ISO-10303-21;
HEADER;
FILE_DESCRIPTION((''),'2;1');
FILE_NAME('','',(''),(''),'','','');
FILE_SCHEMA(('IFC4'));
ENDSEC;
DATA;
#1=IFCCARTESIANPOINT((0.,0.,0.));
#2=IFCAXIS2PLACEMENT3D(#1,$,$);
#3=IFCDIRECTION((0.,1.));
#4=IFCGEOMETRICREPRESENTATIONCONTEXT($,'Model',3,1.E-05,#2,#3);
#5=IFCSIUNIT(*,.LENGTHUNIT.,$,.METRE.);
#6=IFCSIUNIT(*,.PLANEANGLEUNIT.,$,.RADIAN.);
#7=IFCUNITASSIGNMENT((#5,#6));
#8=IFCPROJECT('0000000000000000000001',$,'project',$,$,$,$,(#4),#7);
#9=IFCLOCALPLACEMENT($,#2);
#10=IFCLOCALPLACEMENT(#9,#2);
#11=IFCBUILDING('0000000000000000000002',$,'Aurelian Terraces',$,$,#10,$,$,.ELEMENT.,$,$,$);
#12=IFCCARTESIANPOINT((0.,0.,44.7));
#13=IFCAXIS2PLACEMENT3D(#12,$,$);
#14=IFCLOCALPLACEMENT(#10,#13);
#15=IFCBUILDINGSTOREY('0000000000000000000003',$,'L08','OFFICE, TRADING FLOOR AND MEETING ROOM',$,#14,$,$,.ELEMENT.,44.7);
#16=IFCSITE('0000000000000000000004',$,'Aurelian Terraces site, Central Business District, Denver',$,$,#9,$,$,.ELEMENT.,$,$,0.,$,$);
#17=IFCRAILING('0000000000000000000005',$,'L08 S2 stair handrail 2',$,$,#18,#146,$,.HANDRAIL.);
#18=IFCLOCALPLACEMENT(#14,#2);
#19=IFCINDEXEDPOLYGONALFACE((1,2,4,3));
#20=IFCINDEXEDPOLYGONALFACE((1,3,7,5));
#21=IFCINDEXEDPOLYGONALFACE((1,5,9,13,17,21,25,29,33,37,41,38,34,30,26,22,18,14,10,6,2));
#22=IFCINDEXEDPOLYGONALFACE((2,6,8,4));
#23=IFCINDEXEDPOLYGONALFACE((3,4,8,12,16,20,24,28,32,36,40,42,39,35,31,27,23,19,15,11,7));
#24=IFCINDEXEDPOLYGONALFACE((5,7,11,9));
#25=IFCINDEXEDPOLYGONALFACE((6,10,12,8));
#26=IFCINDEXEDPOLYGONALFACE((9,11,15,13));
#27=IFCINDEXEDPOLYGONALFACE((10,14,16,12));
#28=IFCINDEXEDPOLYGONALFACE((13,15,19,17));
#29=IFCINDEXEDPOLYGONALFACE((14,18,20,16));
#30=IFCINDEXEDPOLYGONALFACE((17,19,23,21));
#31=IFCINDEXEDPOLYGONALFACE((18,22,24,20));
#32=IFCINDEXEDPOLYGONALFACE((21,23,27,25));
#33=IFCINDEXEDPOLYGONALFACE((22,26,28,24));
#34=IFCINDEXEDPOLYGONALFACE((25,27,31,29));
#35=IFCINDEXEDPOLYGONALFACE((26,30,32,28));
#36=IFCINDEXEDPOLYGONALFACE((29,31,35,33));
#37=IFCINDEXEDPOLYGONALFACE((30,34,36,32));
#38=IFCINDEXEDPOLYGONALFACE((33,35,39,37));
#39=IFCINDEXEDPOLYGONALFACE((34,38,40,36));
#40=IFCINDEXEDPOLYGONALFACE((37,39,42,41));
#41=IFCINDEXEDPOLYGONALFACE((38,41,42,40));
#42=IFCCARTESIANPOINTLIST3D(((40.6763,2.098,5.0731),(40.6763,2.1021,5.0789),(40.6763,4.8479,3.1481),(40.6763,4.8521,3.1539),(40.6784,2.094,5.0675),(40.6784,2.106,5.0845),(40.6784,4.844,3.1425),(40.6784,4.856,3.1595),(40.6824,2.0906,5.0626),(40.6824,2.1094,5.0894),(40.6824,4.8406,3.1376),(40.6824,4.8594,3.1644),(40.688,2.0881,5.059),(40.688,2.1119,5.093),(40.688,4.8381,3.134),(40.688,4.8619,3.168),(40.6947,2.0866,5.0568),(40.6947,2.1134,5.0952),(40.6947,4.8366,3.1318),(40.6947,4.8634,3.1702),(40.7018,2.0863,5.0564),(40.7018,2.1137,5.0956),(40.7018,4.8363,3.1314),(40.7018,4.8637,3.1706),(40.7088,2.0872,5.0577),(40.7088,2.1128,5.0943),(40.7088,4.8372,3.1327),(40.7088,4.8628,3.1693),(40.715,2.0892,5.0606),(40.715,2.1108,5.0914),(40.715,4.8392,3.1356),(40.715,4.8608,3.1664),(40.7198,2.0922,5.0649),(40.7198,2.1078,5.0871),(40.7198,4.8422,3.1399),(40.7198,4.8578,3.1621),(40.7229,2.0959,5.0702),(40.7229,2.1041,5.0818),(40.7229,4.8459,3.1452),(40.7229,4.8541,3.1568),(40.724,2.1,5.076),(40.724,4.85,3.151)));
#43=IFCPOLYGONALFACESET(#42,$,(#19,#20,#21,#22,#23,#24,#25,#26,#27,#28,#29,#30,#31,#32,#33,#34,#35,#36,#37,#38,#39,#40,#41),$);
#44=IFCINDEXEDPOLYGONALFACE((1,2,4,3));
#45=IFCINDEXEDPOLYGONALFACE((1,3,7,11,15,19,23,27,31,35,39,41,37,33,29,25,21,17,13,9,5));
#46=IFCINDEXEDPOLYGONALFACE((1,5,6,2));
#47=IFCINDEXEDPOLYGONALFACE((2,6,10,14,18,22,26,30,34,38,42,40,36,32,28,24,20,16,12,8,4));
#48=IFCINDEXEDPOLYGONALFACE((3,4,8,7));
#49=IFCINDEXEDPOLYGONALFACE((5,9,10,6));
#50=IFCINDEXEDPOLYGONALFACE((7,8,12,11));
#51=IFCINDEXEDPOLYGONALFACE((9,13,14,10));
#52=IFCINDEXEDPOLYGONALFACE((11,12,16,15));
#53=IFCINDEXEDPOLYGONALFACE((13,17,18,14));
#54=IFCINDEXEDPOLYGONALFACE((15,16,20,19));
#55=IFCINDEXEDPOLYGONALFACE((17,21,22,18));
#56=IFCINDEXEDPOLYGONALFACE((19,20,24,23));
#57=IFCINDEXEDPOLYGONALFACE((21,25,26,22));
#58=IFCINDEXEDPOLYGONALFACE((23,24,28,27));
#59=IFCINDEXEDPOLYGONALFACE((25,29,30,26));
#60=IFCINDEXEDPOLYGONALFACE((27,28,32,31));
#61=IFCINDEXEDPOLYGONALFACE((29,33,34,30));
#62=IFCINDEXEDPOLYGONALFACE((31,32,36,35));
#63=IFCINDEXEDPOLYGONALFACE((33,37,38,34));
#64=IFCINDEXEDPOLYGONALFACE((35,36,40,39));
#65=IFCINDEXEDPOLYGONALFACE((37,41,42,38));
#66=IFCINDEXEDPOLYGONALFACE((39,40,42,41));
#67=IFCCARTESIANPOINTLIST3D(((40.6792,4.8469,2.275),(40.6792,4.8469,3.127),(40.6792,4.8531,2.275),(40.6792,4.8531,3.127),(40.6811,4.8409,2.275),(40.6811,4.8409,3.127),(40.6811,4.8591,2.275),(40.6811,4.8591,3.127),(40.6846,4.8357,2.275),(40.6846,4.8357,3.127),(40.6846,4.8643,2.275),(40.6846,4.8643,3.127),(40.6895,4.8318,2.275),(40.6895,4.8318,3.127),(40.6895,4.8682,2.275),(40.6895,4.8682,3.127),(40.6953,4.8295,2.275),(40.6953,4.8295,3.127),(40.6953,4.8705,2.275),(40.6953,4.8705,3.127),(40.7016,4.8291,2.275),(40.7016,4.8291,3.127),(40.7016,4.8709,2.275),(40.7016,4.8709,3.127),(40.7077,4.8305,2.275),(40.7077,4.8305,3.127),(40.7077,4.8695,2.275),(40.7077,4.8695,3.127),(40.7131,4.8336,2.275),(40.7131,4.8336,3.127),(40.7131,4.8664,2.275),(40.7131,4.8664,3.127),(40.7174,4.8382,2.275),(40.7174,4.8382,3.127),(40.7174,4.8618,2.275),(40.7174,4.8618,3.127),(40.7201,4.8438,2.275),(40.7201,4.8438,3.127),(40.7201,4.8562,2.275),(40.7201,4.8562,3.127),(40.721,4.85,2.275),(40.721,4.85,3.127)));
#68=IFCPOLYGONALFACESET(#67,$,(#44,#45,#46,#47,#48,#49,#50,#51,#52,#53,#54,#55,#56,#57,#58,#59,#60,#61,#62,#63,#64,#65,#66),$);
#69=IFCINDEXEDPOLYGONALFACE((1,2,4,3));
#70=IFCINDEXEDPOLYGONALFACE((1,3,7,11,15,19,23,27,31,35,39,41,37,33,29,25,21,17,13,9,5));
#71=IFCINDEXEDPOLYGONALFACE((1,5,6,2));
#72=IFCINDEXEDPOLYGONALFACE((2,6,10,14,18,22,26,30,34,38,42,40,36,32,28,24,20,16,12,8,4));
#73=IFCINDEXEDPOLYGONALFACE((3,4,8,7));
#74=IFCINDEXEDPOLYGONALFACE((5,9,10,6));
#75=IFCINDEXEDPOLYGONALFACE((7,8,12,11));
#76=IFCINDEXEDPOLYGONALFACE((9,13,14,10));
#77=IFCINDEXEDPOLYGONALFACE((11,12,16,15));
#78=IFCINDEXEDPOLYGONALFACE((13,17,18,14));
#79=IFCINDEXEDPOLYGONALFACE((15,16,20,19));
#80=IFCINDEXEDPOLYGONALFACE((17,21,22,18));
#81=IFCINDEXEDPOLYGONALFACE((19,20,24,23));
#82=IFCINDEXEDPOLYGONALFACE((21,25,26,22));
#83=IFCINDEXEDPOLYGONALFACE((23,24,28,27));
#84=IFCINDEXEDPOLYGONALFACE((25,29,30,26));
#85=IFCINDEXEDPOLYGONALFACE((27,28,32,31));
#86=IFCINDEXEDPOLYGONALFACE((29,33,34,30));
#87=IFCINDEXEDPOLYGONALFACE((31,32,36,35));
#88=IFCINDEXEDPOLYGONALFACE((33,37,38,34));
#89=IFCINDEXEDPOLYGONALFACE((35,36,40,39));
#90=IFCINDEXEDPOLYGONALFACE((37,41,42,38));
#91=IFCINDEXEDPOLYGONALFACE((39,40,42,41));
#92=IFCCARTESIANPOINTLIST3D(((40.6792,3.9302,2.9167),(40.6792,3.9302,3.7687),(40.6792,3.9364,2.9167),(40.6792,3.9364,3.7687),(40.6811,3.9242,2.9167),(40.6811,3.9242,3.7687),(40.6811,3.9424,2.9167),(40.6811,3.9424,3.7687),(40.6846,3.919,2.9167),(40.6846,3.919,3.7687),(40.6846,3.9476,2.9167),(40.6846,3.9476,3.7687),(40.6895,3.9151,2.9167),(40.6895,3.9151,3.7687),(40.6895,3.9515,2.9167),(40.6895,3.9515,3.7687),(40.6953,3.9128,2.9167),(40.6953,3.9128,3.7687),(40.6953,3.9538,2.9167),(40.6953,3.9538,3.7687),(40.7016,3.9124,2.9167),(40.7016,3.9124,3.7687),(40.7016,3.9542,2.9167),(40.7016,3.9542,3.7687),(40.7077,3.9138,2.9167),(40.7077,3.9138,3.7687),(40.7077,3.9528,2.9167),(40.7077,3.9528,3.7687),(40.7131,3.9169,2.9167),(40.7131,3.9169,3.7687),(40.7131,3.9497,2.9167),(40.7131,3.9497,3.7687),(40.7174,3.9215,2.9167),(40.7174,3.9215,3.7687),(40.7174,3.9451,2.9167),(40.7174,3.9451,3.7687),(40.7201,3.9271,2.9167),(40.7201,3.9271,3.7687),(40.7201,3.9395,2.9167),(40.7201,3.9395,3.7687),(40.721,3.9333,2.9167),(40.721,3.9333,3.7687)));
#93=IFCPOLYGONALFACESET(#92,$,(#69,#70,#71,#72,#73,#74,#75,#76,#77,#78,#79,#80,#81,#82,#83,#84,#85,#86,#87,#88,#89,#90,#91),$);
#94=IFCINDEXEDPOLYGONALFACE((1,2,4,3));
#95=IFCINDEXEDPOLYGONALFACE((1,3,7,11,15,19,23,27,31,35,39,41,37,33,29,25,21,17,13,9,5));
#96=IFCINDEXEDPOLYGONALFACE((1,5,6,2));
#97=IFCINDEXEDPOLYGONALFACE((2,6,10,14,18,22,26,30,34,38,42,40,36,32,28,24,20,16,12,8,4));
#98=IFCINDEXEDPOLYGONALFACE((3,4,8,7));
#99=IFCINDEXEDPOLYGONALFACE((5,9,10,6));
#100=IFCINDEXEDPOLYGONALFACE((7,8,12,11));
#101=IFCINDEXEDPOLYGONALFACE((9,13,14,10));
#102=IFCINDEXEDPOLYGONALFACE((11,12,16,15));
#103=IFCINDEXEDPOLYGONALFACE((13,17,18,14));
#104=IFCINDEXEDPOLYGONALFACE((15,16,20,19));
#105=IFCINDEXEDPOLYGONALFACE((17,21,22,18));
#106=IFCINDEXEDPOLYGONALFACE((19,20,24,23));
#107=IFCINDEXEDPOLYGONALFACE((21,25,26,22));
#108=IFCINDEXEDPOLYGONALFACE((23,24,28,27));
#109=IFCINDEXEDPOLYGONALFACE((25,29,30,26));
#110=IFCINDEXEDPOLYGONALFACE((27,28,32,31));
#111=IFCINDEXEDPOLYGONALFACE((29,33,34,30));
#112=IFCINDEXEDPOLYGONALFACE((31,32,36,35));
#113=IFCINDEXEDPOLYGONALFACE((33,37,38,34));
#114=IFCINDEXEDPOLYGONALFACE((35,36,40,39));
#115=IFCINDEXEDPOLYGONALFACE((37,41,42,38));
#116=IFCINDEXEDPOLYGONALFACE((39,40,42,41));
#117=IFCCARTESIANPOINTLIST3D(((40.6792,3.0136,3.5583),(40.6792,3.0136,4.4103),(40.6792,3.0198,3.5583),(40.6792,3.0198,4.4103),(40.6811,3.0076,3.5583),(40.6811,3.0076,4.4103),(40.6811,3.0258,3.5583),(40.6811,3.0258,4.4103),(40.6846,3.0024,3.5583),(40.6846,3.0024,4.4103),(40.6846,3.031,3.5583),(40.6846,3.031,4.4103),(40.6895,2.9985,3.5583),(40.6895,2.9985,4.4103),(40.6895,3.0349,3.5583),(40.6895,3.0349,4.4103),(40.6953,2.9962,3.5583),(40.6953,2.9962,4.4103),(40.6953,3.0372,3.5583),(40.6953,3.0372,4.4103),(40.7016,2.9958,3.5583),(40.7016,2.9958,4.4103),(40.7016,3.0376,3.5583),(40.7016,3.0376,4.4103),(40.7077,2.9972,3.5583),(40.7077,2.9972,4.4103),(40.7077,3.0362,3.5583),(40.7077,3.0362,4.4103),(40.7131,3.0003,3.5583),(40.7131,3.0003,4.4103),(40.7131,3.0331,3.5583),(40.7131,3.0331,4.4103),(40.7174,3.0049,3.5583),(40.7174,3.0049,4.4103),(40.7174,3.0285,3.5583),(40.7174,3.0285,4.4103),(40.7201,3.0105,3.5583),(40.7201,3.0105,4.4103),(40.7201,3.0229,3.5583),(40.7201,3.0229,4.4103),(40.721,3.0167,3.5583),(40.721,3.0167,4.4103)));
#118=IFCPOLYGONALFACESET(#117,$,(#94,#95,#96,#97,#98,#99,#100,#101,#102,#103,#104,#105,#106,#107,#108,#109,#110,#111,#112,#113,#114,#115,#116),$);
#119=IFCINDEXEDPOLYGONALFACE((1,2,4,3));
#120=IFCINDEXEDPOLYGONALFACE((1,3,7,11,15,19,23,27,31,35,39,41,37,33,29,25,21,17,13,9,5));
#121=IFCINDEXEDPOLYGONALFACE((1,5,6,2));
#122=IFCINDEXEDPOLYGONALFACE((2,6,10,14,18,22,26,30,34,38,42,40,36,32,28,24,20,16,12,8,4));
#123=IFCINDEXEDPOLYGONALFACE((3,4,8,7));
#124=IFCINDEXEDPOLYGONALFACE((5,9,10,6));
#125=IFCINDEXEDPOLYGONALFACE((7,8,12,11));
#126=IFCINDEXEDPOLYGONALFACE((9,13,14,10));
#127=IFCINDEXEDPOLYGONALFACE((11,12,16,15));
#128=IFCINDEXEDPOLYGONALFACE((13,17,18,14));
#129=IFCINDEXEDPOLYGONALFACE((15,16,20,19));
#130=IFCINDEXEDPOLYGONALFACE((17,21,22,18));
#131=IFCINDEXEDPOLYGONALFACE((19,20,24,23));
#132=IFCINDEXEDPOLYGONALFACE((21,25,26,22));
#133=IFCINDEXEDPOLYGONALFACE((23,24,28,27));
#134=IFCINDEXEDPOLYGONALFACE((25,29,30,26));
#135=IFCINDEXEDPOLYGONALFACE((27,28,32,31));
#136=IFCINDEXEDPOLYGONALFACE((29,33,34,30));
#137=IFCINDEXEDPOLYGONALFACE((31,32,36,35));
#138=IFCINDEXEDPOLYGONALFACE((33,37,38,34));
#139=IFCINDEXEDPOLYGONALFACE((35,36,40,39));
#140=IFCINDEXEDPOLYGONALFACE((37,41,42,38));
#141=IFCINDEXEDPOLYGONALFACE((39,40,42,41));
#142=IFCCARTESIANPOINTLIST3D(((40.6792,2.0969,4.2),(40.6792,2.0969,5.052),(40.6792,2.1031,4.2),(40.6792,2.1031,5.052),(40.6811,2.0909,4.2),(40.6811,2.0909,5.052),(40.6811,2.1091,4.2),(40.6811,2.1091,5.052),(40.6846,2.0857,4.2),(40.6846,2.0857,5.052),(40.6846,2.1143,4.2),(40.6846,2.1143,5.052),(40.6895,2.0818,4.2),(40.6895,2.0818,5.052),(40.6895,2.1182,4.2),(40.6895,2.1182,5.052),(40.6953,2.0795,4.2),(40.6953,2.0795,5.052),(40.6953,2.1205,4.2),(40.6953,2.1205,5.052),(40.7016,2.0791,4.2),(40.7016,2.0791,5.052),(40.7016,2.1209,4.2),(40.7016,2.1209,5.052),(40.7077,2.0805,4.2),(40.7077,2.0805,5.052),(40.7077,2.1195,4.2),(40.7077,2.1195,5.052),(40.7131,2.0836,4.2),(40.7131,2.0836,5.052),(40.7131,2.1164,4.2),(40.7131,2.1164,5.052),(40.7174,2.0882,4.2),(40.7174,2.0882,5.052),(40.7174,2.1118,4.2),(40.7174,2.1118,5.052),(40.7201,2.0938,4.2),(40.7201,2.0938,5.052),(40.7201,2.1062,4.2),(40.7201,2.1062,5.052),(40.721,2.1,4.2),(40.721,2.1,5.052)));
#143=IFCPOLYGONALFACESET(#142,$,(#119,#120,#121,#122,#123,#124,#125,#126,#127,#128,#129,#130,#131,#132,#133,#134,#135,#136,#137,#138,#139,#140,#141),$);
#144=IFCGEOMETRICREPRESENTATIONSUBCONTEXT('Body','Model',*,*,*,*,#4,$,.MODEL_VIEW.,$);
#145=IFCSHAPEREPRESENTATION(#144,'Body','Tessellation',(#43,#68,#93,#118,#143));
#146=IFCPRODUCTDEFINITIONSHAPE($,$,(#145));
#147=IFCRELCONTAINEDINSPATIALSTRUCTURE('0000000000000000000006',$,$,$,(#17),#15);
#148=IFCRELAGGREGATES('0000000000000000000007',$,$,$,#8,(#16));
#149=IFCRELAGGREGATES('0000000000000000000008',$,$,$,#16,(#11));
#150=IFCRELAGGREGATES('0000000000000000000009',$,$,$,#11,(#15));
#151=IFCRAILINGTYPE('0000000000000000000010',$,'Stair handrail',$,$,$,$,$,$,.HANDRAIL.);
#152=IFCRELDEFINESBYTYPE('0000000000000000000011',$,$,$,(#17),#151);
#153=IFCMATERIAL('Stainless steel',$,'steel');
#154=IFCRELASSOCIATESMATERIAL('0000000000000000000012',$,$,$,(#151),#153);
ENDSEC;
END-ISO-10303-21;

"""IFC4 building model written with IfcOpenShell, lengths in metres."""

from ifc_helpers import new_model, si_unit, direction, frame, origin, origin_2d, place, context, subcontext, project, spatial, circle, extrude, source, transform, mapped, material, type_object, element, save


model = new_model("IFC4")

# Units and contexts
model_context = context("Model", 3, precision=1e-05, world=origin(), true_north=direction((0.0, 1.0)))
body_context = subcontext(model_context, "Body", "Model", "MODEL_VIEW")
ifc_project = project(units=[si_unit("LENGTHUNIT", "METRE"), si_unit("PLANEANGLEUNIT", "RADIAN")], contexts=[model_context])

# Site, building, storey
site_placement = place(None, origin())
site = spatial("IfcSite", under=ifc_project, at=site_placement, Name="Aurelian Terraces site, Central Business District, Denver", CompositionType="ELEMENT", RefElevation=0.0)
building_placement = place(site_placement, origin())
building = spatial("IfcBuilding", under=site, at=building_placement, Name="Aurelian Terraces", CompositionType="ELEMENT")
storey_placement = place(building_placement, frame((0.0, 0.0, 44.7)))
storey = spatial("IfcBuildingStorey", under=building, at=storey_placement, Name="L08", Description="OFFICE, TRADING FLOOR AND MEETING ROOM", CompositionType="ELEMENT", Elevation=44.7)

# Railing
ifc_material_1 = material(Name="Stainless steel", Category="steel")
railing_type_1 = type_object("IfcRailingType", Name="Stair handrail", PredefinedType="HANDRAIL", material=ifc_material_1)
shared_shape_1 = source(origin(), body_context, "Body", "SweptSolid", [
    extrude(circle(Radius=0.024, at=origin_2d()), frame((0.0, 0.0, 0.876), z_axis=(0.0, -0.819232, 0.573462), x_axis=(1.0, 0.0, 0.0)), (0.0, 0.0, 1.0), 3.3568),
    extrude(circle(Radius=0.021, at=origin_2d()), origin(), (0.0, 0.0, 1.0), 0.852),
    extrude(circle(Radius=0.021, at=origin_2d()), frame((0.0, -0.9167, 0.6417)), (0.0, 0.0, 1.0), 0.852),
    extrude(circle(Radius=0.021, at=origin_2d()), frame((0.0, -1.8333, 1.2833)), (0.0, 0.0, 1.0), 0.852),
    extrude(circle(Radius=0.021, at=origin_2d()), frame((0.0, -2.75, 1.925)), (0.0, 0.0, 1.0), 0.852),
])
railing_1_placement = place(storey_placement, frame((40.7, 4.85, 2.275)))
element("IfcRailing", 1, at=railing_1_placement, inside=storey, type_object=railing_type_1, Name="L08 S2 stair handrail 2", PredefinedType="HANDRAIL", context=body_context, shape_type="MappedRepresentation", body=[
    mapped(shared_shape_1, transform((0.0, 0.0, 0.0), scale=1.0)),
])

save(model, "model.ifc")
